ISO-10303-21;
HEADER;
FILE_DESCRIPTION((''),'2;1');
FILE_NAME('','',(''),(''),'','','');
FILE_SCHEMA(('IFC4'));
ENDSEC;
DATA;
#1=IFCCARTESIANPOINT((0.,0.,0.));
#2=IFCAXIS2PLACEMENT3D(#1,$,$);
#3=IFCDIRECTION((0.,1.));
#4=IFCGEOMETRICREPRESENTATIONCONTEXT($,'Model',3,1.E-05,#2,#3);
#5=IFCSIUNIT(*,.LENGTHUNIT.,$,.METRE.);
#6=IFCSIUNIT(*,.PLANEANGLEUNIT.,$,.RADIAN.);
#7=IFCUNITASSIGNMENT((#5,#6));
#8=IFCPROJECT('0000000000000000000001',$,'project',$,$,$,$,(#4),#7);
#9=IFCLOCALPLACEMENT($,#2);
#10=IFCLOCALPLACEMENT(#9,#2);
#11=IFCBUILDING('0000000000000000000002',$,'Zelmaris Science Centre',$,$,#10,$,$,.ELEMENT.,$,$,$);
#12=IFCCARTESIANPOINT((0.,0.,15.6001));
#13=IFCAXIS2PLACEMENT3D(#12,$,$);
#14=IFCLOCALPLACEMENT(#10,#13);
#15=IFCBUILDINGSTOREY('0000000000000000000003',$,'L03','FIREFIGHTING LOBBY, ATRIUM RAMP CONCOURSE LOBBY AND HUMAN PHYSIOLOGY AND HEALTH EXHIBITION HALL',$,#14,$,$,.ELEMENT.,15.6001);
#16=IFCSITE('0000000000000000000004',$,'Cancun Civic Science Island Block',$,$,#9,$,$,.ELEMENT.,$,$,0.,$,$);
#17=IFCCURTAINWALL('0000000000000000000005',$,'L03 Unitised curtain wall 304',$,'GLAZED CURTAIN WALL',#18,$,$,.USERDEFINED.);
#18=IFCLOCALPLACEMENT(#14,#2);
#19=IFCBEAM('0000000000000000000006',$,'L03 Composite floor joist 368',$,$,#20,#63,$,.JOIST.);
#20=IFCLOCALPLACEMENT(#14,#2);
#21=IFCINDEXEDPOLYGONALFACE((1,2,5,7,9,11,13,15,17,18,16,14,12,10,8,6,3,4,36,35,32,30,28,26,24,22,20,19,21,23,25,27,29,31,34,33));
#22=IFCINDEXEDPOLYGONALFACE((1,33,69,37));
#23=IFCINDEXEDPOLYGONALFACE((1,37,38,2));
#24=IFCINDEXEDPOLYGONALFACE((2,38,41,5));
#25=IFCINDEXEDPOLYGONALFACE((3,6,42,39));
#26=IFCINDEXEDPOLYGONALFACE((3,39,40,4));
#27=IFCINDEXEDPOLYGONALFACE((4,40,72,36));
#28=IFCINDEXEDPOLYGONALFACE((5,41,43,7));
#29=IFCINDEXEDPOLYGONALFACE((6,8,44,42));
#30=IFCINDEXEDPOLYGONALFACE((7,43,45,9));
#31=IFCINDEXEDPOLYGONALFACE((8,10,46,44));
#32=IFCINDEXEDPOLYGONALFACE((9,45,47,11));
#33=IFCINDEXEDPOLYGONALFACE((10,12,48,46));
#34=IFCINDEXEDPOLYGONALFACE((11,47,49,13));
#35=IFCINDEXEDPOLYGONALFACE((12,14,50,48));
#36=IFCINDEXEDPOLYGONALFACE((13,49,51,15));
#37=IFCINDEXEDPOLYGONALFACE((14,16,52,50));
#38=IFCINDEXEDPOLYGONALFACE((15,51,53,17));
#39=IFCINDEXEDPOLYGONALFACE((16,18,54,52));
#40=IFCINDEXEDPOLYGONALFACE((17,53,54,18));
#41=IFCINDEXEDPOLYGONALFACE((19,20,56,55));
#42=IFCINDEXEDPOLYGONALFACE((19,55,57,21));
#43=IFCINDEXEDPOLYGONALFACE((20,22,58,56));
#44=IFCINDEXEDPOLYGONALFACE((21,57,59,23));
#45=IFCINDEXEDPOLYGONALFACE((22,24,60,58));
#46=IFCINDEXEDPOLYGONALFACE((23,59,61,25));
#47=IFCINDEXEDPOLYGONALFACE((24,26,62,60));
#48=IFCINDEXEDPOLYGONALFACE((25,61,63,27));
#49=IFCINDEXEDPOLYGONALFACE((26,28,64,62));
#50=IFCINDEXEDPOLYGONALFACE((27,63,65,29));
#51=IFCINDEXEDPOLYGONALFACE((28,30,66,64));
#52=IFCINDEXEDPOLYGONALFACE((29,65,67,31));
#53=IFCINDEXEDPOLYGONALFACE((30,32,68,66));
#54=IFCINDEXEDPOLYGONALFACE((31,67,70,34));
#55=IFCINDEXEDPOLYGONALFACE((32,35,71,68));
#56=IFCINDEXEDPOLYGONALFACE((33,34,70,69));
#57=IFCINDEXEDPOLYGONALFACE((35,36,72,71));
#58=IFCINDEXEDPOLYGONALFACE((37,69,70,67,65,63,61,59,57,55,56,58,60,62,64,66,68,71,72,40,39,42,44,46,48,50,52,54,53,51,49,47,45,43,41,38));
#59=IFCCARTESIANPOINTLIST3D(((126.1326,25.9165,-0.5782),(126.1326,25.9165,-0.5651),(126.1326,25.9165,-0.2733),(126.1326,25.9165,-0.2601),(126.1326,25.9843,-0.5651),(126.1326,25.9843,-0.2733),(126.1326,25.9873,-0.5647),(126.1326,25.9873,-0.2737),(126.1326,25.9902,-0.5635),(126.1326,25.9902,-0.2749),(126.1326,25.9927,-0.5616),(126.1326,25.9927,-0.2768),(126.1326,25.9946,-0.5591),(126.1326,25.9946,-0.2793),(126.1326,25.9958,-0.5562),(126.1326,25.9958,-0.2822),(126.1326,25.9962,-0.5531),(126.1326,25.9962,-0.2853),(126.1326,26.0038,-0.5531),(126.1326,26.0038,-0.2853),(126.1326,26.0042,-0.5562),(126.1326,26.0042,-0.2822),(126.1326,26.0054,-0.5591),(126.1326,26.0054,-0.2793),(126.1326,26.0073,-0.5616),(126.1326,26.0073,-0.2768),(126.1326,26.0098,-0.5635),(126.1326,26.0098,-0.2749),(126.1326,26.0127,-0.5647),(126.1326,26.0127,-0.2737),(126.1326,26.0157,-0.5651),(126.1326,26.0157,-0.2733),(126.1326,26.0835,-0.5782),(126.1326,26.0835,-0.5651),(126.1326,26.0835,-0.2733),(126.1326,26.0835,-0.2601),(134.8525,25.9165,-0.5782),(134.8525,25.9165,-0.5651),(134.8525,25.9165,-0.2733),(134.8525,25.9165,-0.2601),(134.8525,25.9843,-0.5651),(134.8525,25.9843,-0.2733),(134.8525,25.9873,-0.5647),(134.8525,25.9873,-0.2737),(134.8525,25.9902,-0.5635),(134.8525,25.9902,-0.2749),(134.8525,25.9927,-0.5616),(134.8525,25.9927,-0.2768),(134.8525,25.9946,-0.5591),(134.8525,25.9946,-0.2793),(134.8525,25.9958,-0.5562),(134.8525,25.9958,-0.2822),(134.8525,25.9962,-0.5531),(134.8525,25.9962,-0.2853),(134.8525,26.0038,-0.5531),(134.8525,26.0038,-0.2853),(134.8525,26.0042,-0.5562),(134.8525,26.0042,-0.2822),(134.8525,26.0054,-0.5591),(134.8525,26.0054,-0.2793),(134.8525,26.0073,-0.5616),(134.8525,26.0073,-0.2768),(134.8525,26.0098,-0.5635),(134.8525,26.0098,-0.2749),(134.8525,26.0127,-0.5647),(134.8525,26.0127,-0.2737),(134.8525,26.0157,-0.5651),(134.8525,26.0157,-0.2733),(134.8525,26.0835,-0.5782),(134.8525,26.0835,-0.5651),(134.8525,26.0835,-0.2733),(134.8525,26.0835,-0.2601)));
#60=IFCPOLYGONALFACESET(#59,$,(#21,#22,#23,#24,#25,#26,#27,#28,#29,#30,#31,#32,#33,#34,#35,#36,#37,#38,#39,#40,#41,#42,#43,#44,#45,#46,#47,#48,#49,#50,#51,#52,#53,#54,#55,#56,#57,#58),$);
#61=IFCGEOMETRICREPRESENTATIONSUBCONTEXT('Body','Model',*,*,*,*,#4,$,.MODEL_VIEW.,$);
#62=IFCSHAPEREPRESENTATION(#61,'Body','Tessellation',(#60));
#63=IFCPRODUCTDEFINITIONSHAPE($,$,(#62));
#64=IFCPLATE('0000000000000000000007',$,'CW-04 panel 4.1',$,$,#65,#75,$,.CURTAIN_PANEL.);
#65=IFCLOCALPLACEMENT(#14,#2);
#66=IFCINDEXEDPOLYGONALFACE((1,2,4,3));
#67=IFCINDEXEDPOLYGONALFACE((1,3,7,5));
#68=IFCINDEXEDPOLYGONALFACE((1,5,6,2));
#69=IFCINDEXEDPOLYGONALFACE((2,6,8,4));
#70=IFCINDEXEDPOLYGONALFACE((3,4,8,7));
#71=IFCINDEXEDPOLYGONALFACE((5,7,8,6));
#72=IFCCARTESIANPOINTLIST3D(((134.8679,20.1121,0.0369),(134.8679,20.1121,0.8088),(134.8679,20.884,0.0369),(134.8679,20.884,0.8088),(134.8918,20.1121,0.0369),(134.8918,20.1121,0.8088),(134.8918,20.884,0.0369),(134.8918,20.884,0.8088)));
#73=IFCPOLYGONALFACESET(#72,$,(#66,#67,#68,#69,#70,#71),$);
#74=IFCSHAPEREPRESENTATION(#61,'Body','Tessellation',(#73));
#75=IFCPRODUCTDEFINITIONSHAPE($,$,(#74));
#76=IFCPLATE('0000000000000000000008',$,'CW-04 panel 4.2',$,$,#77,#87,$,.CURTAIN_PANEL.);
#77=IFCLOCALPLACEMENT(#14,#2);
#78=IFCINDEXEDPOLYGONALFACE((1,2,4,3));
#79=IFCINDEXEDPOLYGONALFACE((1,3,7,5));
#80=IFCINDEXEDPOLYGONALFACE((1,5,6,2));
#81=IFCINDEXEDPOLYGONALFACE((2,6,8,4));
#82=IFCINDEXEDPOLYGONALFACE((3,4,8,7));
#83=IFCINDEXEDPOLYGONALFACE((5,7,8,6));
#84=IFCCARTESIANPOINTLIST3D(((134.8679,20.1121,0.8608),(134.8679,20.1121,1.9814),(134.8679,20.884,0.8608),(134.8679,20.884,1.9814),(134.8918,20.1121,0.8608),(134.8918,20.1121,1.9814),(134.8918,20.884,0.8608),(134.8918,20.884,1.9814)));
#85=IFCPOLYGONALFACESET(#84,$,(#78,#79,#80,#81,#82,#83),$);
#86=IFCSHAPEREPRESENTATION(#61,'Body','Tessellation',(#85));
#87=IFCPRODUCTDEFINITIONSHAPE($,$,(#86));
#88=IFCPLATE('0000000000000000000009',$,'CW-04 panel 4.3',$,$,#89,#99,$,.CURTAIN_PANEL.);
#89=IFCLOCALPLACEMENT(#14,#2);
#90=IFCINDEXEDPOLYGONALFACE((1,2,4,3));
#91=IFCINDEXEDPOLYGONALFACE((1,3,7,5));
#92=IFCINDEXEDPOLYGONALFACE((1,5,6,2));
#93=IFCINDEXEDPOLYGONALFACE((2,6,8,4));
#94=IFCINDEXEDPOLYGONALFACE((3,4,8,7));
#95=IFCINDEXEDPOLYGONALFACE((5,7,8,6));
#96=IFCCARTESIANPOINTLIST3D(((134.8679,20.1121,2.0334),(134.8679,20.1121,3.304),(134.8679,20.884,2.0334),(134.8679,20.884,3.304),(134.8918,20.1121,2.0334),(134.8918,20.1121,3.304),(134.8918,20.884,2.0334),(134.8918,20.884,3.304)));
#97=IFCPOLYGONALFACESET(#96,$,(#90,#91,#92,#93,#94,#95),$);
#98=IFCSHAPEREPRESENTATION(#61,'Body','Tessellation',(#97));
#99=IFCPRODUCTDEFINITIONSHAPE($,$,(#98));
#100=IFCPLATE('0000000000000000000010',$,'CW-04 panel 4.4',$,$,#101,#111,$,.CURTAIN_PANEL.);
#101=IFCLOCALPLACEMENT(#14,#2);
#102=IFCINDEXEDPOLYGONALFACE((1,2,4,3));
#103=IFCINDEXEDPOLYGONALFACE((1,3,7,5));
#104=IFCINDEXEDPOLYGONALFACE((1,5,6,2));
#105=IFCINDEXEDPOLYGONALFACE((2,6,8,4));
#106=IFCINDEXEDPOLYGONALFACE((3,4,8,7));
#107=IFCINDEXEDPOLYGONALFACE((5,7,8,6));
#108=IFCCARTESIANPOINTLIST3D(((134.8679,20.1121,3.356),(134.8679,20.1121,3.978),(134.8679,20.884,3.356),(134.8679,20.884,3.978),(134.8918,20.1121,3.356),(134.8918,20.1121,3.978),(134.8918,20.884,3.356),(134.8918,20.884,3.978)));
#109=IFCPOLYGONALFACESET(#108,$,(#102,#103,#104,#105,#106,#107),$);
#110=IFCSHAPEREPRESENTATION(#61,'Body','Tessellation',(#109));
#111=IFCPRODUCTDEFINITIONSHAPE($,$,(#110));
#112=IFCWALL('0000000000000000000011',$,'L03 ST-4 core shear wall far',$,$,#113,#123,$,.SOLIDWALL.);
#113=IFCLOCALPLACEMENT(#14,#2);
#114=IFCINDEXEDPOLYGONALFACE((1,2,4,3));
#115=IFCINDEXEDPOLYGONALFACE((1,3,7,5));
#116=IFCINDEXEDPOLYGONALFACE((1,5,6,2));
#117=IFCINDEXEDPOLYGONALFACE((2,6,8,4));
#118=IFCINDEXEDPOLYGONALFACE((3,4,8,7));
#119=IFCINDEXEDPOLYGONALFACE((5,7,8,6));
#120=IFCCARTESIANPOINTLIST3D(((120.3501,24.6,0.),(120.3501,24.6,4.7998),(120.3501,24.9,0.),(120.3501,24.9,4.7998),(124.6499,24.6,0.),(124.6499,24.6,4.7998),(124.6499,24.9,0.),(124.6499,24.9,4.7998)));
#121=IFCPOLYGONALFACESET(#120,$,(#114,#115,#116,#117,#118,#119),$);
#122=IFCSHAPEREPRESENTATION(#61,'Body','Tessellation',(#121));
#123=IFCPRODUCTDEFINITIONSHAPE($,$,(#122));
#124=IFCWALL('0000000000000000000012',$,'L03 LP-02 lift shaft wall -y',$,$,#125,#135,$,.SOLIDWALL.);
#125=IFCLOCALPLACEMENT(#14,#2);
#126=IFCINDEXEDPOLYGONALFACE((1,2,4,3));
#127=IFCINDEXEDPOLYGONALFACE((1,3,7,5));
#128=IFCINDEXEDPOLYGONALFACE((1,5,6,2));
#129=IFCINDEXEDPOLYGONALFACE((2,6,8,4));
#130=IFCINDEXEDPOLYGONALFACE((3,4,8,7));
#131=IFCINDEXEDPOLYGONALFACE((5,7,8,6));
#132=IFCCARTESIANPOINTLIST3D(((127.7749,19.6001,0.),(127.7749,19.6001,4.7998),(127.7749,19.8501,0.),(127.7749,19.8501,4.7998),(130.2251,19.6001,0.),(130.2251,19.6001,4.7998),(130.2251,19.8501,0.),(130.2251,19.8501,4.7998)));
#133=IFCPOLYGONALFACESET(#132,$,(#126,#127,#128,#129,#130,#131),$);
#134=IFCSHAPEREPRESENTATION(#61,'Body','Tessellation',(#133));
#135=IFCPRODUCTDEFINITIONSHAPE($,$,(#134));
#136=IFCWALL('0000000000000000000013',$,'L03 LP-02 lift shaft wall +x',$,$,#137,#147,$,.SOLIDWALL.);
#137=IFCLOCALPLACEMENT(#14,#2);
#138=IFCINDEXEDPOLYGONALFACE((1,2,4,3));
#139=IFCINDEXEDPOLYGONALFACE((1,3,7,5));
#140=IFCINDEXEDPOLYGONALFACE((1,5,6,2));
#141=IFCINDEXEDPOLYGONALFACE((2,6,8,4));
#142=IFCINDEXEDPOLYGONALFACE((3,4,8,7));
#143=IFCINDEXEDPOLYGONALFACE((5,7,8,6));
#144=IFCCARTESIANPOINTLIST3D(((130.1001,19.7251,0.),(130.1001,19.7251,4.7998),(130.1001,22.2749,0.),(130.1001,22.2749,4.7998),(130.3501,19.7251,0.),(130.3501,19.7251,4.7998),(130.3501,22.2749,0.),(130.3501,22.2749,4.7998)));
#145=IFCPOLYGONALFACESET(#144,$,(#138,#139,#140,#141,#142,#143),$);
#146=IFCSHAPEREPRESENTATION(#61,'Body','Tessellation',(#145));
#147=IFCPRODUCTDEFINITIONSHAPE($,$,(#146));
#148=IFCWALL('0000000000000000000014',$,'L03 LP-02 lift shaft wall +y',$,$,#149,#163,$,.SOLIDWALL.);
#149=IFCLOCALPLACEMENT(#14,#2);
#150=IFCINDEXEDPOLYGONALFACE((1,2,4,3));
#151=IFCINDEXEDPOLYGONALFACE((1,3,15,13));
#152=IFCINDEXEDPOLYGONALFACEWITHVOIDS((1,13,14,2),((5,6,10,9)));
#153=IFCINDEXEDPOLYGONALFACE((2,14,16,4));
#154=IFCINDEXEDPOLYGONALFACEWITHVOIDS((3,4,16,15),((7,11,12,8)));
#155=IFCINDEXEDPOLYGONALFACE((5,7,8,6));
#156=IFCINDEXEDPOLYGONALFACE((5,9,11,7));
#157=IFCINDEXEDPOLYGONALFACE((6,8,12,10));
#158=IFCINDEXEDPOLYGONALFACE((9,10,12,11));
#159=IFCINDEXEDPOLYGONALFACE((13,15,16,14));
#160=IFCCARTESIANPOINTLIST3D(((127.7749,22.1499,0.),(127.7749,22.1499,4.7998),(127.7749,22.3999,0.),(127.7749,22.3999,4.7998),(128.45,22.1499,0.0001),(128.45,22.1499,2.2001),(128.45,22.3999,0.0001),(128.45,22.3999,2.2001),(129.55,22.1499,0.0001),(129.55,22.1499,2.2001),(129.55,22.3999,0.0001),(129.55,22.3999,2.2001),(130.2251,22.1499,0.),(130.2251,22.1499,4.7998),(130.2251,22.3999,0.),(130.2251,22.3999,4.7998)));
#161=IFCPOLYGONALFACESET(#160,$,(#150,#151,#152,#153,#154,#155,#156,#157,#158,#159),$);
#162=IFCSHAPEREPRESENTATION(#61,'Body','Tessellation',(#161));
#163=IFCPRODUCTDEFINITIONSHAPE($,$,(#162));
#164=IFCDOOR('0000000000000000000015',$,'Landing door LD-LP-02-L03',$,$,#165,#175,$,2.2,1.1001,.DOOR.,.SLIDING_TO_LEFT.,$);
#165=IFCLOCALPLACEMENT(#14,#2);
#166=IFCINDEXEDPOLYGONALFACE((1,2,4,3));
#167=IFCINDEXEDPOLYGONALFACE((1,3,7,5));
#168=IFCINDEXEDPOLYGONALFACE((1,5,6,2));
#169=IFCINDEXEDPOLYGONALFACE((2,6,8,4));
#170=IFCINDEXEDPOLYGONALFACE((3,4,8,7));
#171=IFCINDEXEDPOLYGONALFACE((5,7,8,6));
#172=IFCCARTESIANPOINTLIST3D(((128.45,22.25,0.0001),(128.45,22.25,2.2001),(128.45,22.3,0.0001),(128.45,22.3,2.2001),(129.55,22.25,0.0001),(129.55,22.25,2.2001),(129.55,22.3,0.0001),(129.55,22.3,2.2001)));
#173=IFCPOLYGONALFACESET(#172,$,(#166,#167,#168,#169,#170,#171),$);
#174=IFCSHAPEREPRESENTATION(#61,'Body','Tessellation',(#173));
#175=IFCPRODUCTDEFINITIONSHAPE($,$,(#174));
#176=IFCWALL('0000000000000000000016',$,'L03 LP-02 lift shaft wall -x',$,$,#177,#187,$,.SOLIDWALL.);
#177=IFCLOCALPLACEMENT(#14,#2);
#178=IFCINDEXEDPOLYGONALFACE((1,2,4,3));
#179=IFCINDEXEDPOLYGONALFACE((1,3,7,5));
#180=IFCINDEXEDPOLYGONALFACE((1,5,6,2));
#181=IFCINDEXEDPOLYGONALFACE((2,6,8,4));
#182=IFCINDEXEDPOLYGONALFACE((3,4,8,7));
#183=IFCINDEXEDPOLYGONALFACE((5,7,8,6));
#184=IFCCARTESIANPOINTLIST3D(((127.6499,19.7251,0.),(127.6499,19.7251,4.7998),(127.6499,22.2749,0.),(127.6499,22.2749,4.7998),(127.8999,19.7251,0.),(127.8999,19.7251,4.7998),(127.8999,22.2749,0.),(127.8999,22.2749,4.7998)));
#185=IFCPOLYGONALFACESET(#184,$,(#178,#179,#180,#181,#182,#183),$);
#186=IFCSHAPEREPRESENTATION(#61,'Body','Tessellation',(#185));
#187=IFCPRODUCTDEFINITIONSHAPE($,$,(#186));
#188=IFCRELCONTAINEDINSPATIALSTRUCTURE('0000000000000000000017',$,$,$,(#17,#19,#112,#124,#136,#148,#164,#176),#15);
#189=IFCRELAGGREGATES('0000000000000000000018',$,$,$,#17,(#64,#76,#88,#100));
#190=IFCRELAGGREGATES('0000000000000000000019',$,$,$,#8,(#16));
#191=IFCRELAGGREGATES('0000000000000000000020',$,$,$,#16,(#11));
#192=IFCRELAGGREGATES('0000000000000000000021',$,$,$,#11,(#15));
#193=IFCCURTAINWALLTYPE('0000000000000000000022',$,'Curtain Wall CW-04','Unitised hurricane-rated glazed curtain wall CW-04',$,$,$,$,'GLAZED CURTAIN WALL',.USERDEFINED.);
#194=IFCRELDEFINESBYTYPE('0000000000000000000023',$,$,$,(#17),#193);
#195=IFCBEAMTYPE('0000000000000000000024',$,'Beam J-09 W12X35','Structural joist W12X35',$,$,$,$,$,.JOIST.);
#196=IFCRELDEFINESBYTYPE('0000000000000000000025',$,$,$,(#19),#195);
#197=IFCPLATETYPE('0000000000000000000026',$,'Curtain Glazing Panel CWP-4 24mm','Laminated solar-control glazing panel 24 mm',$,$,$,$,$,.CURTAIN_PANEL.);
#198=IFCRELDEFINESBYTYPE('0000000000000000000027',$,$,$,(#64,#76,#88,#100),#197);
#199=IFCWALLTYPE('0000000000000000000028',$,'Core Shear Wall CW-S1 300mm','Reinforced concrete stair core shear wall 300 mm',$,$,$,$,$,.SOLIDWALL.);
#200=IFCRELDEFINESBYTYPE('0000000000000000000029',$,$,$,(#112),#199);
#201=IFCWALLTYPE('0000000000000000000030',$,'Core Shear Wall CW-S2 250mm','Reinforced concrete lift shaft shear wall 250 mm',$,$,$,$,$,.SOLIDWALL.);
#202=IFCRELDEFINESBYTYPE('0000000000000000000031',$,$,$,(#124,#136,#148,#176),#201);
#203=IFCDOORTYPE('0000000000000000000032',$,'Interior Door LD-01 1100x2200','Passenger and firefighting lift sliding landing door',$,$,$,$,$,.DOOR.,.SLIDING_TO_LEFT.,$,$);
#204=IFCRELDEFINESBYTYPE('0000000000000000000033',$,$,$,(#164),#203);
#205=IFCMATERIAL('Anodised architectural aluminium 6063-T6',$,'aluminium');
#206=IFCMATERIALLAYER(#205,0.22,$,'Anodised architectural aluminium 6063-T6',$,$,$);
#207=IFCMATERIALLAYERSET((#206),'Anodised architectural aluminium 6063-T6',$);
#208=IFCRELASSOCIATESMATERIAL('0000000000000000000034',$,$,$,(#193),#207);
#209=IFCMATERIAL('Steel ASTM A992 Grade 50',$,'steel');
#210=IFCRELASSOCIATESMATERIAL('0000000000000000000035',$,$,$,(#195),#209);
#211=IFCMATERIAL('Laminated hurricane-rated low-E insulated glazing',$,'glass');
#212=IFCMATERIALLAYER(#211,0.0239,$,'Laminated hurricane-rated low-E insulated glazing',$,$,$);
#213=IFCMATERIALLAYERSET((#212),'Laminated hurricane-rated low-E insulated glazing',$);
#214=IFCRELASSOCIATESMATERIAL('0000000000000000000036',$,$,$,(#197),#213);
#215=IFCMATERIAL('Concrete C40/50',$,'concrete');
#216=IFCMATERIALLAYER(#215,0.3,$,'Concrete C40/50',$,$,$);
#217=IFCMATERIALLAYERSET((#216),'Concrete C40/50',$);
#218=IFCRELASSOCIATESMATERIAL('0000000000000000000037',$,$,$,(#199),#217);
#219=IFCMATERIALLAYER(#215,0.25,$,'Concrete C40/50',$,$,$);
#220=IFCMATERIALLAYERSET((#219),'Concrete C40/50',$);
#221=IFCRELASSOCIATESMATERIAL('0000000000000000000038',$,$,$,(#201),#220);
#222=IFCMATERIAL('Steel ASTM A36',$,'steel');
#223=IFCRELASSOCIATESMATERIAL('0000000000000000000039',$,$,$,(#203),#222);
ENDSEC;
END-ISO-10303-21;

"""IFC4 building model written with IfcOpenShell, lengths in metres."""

from ifc_helpers import new_model, si_unit, direction, frame, frame_2d, origin, origin_2d, place, context, subcontext, project, spatial, rectangle, i_section, extrude, material, layer, layer_set, material_profile, profile_set, type_object, element, fill, aggregate, save


model = new_model("IFC4")

# Units and contexts
model_context = context("Model", 3, precision=1e-05, world=origin(), true_north=direction((0.0, 1.0)))
body_context = subcontext(model_context, "Body", "Model", "MODEL_VIEW")
ifc_project = project(units=[si_unit("LENGTHUNIT", "METRE"), si_unit("PLANEANGLEUNIT", "RADIAN")], contexts=[model_context])

# Site, building, storey
site_placement = place(None, origin())
site = spatial("IfcSite", under=ifc_project, at=site_placement, Name="Cancun Civic Science Island Block", CompositionType="ELEMENT", RefElevation=0.0)
building_placement = place(site_placement, origin())
building = spatial("IfcBuilding", under=site, at=building_placement, Name="Zelmaris Science Centre", CompositionType="ELEMENT")
storey_placement = place(building_placement, frame((0.0, 0.0, 15.6001)))
storey = spatial("IfcBuildingStorey", under=building, at=storey_placement, Name="L03", Description="FIREFIGHTING LOBBY, ATRIUM RAMP CONCOURSE LOBBY AND HUMAN PHYSIOLOGY AND HEALTH EXHIBITION HALL", CompositionType="ELEMENT", Elevation=15.6001)

# Shared definitions
ifc_material_1 = material(Name="Steel ASTM A992 Grade 50", Category="steel")

# Curtain wall
ifc_material_2 = material(Name="Anodised architectural aluminium 6063-T6", Category="aluminium")
ifc_layer_1 = layer(ifc_material_2, 0.22, Name="Anodised architectural aluminium 6063-T6")
ifc_layer_set_1 = layer_set([ifc_layer_1], Name="Anodised architectural aluminium 6063-T6")
curtain_wall_type = type_object("IfcCurtainWallType", Name="Curtain Wall CW-04", Description="Unitised hurricane-rated glazed curtain wall CW-04", ElementType="GLAZED CURTAIN WALL", PredefinedType="USERDEFINED", material=ifc_layer_set_1)
curtain_wall_placement = place(storey_placement, origin())
curtain_wall = element("IfcCurtainWall", 1, at=curtain_wall_placement, inside=storey, type_object=curtain_wall_type, Name="L03 Unitised curtain wall 304", ObjectType="GLAZED CURTAIN WALL", PredefinedType="USERDEFINED")

# Beam
ifc_material_profile_1 = material_profile(ifc_material_1, i_section(OverallWidth=0.167, OverallDepth=0.3181, WebThickness=0.0076, FlangeThickness=0.0132, FilletRadius=0.012, at=origin_2d()), Name="W12X35")
ifc_profile_set_1 = profile_set([ifc_material_profile_1], Name="Steel ASTM A992 Grade 50")
beam_type_1 = type_object("IfcBeamType", Name="Beam J-09 W12X35", Description="Structural joist W12X35", PredefinedType="JOIST", material=ifc_profile_set_1)
beam_1_placement = place(storey_placement, frame((126.1326, 26.0, -0.4192), z_axis=(1.0, 0.0, 0.0), x_axis=(0.0, 1.0, 0.0)))
element("IfcBeam", 2, at=beam_1_placement, inside=storey, type_object=beam_type_1, Name="L03 Composite floor joist 368", PredefinedType="JOIST", context=body_context, shape_type="SweptSolid", body=[
    extrude(i_section(OverallWidth=0.167, OverallDepth=0.3181, WebThickness=0.0076, FlangeThickness=0.0132, FilletRadius=0.012, at=origin_2d()), origin(), (0.0, 0.0, 1.0), 8.72),
])

# Plates
ifc_material_3 = material(Name="Laminated hurricane-rated low-E insulated glazing", Category="glass")
ifc_layer_2 = layer(ifc_material_3, 0.0239, Name="Laminated hurricane-rated low-E insulated glazing")
ifc_layer_set_2 = layer_set([ifc_layer_2], Name="Laminated hurricane-rated low-E insulated glazing")
plate_type = type_object("IfcPlateType", Name="Curtain Glazing Panel CWP-4 24mm", Description="Laminated solar-control glazing panel 24 mm", PredefinedType="CURTAIN_PANEL", material=ifc_layer_set_2)
plate_1_placement = place(storey_placement, frame((134.8799, 20.498, 0.0369), z_axis=(0.0, 0.0, 1.0), x_axis=(0.0, -1.0, 0.0)))
plate_1 = element("IfcPlate", 3, at=plate_1_placement, type_object=plate_type, Name="CW-04 panel 4.1", PredefinedType="CURTAIN_PANEL", context=body_context, shape_type="SweptSolid", body=[
    extrude(rectangle(XDim=0.772, YDim=0.0239, at=origin_2d()), origin(), (0.0, 0.0, 1.0), 0.772),
])
plate_2_placement = place(storey_placement, frame((134.8799, 20.498, 0.8608), z_axis=(0.0, 0.0, 1.0), x_axis=(0.0, -1.0, 0.0)))
plate_2 = element("IfcPlate", 4, at=plate_2_placement, type_object=plate_type, Name="CW-04 panel 4.2", PredefinedType="CURTAIN_PANEL", context=body_context, shape_type="SweptSolid", body=[
    extrude(rectangle(XDim=0.772, YDim=0.0239, at=origin_2d()), origin(), (0.0, 0.0, 1.0), 1.1206),
])
plate_3_placement = place(storey_placement, frame((134.8799, 20.498, 2.0334), z_axis=(0.0, 0.0, 1.0), x_axis=(0.0, -1.0, 0.0)))
plate_3 = element("IfcPlate", 5, at=plate_3_placement, type_object=plate_type, Name="CW-04 panel 4.3", PredefinedType="CURTAIN_PANEL", context=body_context, shape_type="SweptSolid", body=[
    extrude(rectangle(XDim=0.772, YDim=0.0239, at=origin_2d()), origin(), (0.0, 0.0, 1.0), 1.2705),
])
plate_4_placement = place(storey_placement, frame((134.8799, 20.498, 3.356), z_axis=(0.0, 0.0, 1.0), x_axis=(0.0, -1.0, 0.0)))
plate_4 = element("IfcPlate", 6, at=plate_4_placement, type_object=plate_type, Name="CW-04 panel 4.4", PredefinedType="CURTAIN_PANEL", context=body_context, shape_type="SweptSolid", body=[
    extrude(rectangle(XDim=0.772, YDim=0.0239, at=origin_2d()), origin(), (0.0, 0.0, 1.0), 0.6221),
])
aggregate(curtain_wall, [plate_1, plate_2, plate_3, plate_4])

# Walls
ifc_material_4 = material(Name="Concrete C40/50", Category="concrete")
ifc_layer_3 = layer(ifc_material_4, 0.3, Name="Concrete C40/50")
ifc_layer_set_3 = layer_set([ifc_layer_3], Name="Concrete C40/50")
wall_type_1 = type_object("IfcWallType", Name="Core Shear Wall CW-S1 300mm", Description="Reinforced concrete stair core shear wall 300 mm", PredefinedType="SOLIDWALL", material=ifc_layer_set_3)
wall_1_placement = place(storey_placement, frame((124.6499, 24.75, 0.0), z_axis=(0.0, 0.0, 1.0), x_axis=(-1.0, 0.0, 0.0)))
element("IfcWall", 7, at=wall_1_placement, inside=storey, type_object=wall_type_1, Name="L03 ST-4 core shear wall far", PredefinedType="SOLIDWALL", context=body_context, shape_type="SweptSolid", body=[
    extrude(rectangle(XDim=4.2998, YDim=0.3, at=frame_2d((2.1499, 0.0))), origin(), (0.0, 0.0, 1.0), 4.7998),
])
ifc_layer_4 = layer(ifc_material_4, 0.25, Name="Concrete C40/50")
ifc_layer_set_4 = layer_set([ifc_layer_4], Name="Concrete C40/50")
wall_type_2 = type_object("IfcWallType", Name="Core Shear Wall CW-S2 250mm", Description="Reinforced concrete lift shaft shear wall 250 mm", PredefinedType="SOLIDWALL", material=ifc_layer_set_4)
wall_2_placement = place(storey_placement, frame((127.7749, 19.7251, 0.0), z_axis=(0.0, 0.0, 1.0), x_axis=(1.0, 0.0, 0.0)))
element("IfcWall", 8, at=wall_2_placement, inside=storey, type_object=wall_type_2, Name="L03 LP-02 lift shaft wall -y", PredefinedType="SOLIDWALL", context=body_context, shape_type="SweptSolid", body=[
    extrude(rectangle(XDim=2.4502, YDim=0.25, at=frame_2d((1.2251, 0.0))), origin(), (0.0, 0.0, 1.0), 4.7998),
])
wall_3_placement = place(storey_placement, frame((130.2251, 19.7251, 0.0), z_axis=(0.0, 0.0, 1.0), x_axis=(0.0, 1.0, 0.0)))
element("IfcWall", 9, at=wall_3_placement, inside=storey, type_object=wall_type_2, Name="L03 LP-02 lift shaft wall +x", PredefinedType="SOLIDWALL", context=body_context, shape_type="SweptSolid", body=[
    extrude(rectangle(XDim=2.5498, YDim=0.25, at=frame_2d((1.2749, 0.0))), origin(), (0.0, 0.0, 1.0), 4.7998),
])

# Wall, opening, door
wall_4_placement = place(storey_placement, frame((130.2251, 22.2749, 0.0), z_axis=(0.0, 0.0, 1.0), x_axis=(-1.0, 0.0, 0.0)))
wall_4 = element("IfcWall", 10, at=wall_4_placement, inside=storey, type_object=wall_type_2, Name="L03 LP-02 lift shaft wall +y", PredefinedType="SOLIDWALL", context=body_context, shape_type="SweptSolid", body=[
    extrude(rectangle(XDim=2.4502, YDim=0.25, at=frame_2d((1.2251, 0.0))), origin(), (0.0, 0.0, 1.0), 4.7998),
])
opening_placement = place(wall_4_placement, frame((0.675, 0.0, 0.0)))
opening = element("IfcOpeningElement", 11, at=opening_placement, cuts=wall_4, PredefinedType="OPENING", context=body_context, shape_type="SweptSolid", body=[
    extrude(rectangle(XDim=1.1001, YDim=2.2, at=frame_2d((0.55, 1.1001))), frame((0.0, 0.135, 0.0), z_axis=(0.0, -1.0, 0.0), x_axis=(1.0, 0.0, 0.0)), (0.0, 0.0, 1.0), 0.27),
])
ifc_material_5 = material(Name="Steel ASTM A36", Category="steel")
door_type = type_object("IfcDoorType", Name="Interior Door LD-01 1100x2200", Description="Passenger and firefighting lift sliding landing door", OperationType="SLIDING_TO_LEFT", PredefinedType="DOOR", material=ifc_material_5)
door_placement = place(opening_placement, origin())
door = element("IfcDoor", 12, at=door_placement, inside=storey, type_object=door_type, Name="Landing door LD-LP-02-L03", OperationType="SLIDING_TO_LEFT", OverallHeight=2.2, OverallWidth=1.1001, PredefinedType="DOOR", context=body_context, shape_type="SweptSolid", body=[
    extrude(rectangle(XDim=1.1001, YDim=2.2, at=frame_2d((0.55, 1.1001))), frame((0.0, 0.0249, 0.0), z_axis=(0.0, -1.0, 0.0), x_axis=(1.0, 0.0, 0.0)), (0.0, 0.0, 1.0), 0.05),
])
fill(opening, door)

# Wall
wall_5_placement = place(storey_placement, frame((127.7749, 22.2749, 0.0), z_axis=(0.0, 0.0, 1.0), x_axis=(0.0, -1.0, 0.0)))
element("IfcWall", 13, at=wall_5_placement, inside=storey, type_object=wall_type_2, Name="L03 LP-02 lift shaft wall -x", PredefinedType="SOLIDWALL", context=body_context, shape_type="SweptSolid", body=[
    extrude(rectangle(XDim=2.5498, YDim=0.25, at=frame_2d((1.2749, 0.0))), origin(), (0.0, 0.0, 1.0), 4.7998),
])

save(model, "model.ifc")
